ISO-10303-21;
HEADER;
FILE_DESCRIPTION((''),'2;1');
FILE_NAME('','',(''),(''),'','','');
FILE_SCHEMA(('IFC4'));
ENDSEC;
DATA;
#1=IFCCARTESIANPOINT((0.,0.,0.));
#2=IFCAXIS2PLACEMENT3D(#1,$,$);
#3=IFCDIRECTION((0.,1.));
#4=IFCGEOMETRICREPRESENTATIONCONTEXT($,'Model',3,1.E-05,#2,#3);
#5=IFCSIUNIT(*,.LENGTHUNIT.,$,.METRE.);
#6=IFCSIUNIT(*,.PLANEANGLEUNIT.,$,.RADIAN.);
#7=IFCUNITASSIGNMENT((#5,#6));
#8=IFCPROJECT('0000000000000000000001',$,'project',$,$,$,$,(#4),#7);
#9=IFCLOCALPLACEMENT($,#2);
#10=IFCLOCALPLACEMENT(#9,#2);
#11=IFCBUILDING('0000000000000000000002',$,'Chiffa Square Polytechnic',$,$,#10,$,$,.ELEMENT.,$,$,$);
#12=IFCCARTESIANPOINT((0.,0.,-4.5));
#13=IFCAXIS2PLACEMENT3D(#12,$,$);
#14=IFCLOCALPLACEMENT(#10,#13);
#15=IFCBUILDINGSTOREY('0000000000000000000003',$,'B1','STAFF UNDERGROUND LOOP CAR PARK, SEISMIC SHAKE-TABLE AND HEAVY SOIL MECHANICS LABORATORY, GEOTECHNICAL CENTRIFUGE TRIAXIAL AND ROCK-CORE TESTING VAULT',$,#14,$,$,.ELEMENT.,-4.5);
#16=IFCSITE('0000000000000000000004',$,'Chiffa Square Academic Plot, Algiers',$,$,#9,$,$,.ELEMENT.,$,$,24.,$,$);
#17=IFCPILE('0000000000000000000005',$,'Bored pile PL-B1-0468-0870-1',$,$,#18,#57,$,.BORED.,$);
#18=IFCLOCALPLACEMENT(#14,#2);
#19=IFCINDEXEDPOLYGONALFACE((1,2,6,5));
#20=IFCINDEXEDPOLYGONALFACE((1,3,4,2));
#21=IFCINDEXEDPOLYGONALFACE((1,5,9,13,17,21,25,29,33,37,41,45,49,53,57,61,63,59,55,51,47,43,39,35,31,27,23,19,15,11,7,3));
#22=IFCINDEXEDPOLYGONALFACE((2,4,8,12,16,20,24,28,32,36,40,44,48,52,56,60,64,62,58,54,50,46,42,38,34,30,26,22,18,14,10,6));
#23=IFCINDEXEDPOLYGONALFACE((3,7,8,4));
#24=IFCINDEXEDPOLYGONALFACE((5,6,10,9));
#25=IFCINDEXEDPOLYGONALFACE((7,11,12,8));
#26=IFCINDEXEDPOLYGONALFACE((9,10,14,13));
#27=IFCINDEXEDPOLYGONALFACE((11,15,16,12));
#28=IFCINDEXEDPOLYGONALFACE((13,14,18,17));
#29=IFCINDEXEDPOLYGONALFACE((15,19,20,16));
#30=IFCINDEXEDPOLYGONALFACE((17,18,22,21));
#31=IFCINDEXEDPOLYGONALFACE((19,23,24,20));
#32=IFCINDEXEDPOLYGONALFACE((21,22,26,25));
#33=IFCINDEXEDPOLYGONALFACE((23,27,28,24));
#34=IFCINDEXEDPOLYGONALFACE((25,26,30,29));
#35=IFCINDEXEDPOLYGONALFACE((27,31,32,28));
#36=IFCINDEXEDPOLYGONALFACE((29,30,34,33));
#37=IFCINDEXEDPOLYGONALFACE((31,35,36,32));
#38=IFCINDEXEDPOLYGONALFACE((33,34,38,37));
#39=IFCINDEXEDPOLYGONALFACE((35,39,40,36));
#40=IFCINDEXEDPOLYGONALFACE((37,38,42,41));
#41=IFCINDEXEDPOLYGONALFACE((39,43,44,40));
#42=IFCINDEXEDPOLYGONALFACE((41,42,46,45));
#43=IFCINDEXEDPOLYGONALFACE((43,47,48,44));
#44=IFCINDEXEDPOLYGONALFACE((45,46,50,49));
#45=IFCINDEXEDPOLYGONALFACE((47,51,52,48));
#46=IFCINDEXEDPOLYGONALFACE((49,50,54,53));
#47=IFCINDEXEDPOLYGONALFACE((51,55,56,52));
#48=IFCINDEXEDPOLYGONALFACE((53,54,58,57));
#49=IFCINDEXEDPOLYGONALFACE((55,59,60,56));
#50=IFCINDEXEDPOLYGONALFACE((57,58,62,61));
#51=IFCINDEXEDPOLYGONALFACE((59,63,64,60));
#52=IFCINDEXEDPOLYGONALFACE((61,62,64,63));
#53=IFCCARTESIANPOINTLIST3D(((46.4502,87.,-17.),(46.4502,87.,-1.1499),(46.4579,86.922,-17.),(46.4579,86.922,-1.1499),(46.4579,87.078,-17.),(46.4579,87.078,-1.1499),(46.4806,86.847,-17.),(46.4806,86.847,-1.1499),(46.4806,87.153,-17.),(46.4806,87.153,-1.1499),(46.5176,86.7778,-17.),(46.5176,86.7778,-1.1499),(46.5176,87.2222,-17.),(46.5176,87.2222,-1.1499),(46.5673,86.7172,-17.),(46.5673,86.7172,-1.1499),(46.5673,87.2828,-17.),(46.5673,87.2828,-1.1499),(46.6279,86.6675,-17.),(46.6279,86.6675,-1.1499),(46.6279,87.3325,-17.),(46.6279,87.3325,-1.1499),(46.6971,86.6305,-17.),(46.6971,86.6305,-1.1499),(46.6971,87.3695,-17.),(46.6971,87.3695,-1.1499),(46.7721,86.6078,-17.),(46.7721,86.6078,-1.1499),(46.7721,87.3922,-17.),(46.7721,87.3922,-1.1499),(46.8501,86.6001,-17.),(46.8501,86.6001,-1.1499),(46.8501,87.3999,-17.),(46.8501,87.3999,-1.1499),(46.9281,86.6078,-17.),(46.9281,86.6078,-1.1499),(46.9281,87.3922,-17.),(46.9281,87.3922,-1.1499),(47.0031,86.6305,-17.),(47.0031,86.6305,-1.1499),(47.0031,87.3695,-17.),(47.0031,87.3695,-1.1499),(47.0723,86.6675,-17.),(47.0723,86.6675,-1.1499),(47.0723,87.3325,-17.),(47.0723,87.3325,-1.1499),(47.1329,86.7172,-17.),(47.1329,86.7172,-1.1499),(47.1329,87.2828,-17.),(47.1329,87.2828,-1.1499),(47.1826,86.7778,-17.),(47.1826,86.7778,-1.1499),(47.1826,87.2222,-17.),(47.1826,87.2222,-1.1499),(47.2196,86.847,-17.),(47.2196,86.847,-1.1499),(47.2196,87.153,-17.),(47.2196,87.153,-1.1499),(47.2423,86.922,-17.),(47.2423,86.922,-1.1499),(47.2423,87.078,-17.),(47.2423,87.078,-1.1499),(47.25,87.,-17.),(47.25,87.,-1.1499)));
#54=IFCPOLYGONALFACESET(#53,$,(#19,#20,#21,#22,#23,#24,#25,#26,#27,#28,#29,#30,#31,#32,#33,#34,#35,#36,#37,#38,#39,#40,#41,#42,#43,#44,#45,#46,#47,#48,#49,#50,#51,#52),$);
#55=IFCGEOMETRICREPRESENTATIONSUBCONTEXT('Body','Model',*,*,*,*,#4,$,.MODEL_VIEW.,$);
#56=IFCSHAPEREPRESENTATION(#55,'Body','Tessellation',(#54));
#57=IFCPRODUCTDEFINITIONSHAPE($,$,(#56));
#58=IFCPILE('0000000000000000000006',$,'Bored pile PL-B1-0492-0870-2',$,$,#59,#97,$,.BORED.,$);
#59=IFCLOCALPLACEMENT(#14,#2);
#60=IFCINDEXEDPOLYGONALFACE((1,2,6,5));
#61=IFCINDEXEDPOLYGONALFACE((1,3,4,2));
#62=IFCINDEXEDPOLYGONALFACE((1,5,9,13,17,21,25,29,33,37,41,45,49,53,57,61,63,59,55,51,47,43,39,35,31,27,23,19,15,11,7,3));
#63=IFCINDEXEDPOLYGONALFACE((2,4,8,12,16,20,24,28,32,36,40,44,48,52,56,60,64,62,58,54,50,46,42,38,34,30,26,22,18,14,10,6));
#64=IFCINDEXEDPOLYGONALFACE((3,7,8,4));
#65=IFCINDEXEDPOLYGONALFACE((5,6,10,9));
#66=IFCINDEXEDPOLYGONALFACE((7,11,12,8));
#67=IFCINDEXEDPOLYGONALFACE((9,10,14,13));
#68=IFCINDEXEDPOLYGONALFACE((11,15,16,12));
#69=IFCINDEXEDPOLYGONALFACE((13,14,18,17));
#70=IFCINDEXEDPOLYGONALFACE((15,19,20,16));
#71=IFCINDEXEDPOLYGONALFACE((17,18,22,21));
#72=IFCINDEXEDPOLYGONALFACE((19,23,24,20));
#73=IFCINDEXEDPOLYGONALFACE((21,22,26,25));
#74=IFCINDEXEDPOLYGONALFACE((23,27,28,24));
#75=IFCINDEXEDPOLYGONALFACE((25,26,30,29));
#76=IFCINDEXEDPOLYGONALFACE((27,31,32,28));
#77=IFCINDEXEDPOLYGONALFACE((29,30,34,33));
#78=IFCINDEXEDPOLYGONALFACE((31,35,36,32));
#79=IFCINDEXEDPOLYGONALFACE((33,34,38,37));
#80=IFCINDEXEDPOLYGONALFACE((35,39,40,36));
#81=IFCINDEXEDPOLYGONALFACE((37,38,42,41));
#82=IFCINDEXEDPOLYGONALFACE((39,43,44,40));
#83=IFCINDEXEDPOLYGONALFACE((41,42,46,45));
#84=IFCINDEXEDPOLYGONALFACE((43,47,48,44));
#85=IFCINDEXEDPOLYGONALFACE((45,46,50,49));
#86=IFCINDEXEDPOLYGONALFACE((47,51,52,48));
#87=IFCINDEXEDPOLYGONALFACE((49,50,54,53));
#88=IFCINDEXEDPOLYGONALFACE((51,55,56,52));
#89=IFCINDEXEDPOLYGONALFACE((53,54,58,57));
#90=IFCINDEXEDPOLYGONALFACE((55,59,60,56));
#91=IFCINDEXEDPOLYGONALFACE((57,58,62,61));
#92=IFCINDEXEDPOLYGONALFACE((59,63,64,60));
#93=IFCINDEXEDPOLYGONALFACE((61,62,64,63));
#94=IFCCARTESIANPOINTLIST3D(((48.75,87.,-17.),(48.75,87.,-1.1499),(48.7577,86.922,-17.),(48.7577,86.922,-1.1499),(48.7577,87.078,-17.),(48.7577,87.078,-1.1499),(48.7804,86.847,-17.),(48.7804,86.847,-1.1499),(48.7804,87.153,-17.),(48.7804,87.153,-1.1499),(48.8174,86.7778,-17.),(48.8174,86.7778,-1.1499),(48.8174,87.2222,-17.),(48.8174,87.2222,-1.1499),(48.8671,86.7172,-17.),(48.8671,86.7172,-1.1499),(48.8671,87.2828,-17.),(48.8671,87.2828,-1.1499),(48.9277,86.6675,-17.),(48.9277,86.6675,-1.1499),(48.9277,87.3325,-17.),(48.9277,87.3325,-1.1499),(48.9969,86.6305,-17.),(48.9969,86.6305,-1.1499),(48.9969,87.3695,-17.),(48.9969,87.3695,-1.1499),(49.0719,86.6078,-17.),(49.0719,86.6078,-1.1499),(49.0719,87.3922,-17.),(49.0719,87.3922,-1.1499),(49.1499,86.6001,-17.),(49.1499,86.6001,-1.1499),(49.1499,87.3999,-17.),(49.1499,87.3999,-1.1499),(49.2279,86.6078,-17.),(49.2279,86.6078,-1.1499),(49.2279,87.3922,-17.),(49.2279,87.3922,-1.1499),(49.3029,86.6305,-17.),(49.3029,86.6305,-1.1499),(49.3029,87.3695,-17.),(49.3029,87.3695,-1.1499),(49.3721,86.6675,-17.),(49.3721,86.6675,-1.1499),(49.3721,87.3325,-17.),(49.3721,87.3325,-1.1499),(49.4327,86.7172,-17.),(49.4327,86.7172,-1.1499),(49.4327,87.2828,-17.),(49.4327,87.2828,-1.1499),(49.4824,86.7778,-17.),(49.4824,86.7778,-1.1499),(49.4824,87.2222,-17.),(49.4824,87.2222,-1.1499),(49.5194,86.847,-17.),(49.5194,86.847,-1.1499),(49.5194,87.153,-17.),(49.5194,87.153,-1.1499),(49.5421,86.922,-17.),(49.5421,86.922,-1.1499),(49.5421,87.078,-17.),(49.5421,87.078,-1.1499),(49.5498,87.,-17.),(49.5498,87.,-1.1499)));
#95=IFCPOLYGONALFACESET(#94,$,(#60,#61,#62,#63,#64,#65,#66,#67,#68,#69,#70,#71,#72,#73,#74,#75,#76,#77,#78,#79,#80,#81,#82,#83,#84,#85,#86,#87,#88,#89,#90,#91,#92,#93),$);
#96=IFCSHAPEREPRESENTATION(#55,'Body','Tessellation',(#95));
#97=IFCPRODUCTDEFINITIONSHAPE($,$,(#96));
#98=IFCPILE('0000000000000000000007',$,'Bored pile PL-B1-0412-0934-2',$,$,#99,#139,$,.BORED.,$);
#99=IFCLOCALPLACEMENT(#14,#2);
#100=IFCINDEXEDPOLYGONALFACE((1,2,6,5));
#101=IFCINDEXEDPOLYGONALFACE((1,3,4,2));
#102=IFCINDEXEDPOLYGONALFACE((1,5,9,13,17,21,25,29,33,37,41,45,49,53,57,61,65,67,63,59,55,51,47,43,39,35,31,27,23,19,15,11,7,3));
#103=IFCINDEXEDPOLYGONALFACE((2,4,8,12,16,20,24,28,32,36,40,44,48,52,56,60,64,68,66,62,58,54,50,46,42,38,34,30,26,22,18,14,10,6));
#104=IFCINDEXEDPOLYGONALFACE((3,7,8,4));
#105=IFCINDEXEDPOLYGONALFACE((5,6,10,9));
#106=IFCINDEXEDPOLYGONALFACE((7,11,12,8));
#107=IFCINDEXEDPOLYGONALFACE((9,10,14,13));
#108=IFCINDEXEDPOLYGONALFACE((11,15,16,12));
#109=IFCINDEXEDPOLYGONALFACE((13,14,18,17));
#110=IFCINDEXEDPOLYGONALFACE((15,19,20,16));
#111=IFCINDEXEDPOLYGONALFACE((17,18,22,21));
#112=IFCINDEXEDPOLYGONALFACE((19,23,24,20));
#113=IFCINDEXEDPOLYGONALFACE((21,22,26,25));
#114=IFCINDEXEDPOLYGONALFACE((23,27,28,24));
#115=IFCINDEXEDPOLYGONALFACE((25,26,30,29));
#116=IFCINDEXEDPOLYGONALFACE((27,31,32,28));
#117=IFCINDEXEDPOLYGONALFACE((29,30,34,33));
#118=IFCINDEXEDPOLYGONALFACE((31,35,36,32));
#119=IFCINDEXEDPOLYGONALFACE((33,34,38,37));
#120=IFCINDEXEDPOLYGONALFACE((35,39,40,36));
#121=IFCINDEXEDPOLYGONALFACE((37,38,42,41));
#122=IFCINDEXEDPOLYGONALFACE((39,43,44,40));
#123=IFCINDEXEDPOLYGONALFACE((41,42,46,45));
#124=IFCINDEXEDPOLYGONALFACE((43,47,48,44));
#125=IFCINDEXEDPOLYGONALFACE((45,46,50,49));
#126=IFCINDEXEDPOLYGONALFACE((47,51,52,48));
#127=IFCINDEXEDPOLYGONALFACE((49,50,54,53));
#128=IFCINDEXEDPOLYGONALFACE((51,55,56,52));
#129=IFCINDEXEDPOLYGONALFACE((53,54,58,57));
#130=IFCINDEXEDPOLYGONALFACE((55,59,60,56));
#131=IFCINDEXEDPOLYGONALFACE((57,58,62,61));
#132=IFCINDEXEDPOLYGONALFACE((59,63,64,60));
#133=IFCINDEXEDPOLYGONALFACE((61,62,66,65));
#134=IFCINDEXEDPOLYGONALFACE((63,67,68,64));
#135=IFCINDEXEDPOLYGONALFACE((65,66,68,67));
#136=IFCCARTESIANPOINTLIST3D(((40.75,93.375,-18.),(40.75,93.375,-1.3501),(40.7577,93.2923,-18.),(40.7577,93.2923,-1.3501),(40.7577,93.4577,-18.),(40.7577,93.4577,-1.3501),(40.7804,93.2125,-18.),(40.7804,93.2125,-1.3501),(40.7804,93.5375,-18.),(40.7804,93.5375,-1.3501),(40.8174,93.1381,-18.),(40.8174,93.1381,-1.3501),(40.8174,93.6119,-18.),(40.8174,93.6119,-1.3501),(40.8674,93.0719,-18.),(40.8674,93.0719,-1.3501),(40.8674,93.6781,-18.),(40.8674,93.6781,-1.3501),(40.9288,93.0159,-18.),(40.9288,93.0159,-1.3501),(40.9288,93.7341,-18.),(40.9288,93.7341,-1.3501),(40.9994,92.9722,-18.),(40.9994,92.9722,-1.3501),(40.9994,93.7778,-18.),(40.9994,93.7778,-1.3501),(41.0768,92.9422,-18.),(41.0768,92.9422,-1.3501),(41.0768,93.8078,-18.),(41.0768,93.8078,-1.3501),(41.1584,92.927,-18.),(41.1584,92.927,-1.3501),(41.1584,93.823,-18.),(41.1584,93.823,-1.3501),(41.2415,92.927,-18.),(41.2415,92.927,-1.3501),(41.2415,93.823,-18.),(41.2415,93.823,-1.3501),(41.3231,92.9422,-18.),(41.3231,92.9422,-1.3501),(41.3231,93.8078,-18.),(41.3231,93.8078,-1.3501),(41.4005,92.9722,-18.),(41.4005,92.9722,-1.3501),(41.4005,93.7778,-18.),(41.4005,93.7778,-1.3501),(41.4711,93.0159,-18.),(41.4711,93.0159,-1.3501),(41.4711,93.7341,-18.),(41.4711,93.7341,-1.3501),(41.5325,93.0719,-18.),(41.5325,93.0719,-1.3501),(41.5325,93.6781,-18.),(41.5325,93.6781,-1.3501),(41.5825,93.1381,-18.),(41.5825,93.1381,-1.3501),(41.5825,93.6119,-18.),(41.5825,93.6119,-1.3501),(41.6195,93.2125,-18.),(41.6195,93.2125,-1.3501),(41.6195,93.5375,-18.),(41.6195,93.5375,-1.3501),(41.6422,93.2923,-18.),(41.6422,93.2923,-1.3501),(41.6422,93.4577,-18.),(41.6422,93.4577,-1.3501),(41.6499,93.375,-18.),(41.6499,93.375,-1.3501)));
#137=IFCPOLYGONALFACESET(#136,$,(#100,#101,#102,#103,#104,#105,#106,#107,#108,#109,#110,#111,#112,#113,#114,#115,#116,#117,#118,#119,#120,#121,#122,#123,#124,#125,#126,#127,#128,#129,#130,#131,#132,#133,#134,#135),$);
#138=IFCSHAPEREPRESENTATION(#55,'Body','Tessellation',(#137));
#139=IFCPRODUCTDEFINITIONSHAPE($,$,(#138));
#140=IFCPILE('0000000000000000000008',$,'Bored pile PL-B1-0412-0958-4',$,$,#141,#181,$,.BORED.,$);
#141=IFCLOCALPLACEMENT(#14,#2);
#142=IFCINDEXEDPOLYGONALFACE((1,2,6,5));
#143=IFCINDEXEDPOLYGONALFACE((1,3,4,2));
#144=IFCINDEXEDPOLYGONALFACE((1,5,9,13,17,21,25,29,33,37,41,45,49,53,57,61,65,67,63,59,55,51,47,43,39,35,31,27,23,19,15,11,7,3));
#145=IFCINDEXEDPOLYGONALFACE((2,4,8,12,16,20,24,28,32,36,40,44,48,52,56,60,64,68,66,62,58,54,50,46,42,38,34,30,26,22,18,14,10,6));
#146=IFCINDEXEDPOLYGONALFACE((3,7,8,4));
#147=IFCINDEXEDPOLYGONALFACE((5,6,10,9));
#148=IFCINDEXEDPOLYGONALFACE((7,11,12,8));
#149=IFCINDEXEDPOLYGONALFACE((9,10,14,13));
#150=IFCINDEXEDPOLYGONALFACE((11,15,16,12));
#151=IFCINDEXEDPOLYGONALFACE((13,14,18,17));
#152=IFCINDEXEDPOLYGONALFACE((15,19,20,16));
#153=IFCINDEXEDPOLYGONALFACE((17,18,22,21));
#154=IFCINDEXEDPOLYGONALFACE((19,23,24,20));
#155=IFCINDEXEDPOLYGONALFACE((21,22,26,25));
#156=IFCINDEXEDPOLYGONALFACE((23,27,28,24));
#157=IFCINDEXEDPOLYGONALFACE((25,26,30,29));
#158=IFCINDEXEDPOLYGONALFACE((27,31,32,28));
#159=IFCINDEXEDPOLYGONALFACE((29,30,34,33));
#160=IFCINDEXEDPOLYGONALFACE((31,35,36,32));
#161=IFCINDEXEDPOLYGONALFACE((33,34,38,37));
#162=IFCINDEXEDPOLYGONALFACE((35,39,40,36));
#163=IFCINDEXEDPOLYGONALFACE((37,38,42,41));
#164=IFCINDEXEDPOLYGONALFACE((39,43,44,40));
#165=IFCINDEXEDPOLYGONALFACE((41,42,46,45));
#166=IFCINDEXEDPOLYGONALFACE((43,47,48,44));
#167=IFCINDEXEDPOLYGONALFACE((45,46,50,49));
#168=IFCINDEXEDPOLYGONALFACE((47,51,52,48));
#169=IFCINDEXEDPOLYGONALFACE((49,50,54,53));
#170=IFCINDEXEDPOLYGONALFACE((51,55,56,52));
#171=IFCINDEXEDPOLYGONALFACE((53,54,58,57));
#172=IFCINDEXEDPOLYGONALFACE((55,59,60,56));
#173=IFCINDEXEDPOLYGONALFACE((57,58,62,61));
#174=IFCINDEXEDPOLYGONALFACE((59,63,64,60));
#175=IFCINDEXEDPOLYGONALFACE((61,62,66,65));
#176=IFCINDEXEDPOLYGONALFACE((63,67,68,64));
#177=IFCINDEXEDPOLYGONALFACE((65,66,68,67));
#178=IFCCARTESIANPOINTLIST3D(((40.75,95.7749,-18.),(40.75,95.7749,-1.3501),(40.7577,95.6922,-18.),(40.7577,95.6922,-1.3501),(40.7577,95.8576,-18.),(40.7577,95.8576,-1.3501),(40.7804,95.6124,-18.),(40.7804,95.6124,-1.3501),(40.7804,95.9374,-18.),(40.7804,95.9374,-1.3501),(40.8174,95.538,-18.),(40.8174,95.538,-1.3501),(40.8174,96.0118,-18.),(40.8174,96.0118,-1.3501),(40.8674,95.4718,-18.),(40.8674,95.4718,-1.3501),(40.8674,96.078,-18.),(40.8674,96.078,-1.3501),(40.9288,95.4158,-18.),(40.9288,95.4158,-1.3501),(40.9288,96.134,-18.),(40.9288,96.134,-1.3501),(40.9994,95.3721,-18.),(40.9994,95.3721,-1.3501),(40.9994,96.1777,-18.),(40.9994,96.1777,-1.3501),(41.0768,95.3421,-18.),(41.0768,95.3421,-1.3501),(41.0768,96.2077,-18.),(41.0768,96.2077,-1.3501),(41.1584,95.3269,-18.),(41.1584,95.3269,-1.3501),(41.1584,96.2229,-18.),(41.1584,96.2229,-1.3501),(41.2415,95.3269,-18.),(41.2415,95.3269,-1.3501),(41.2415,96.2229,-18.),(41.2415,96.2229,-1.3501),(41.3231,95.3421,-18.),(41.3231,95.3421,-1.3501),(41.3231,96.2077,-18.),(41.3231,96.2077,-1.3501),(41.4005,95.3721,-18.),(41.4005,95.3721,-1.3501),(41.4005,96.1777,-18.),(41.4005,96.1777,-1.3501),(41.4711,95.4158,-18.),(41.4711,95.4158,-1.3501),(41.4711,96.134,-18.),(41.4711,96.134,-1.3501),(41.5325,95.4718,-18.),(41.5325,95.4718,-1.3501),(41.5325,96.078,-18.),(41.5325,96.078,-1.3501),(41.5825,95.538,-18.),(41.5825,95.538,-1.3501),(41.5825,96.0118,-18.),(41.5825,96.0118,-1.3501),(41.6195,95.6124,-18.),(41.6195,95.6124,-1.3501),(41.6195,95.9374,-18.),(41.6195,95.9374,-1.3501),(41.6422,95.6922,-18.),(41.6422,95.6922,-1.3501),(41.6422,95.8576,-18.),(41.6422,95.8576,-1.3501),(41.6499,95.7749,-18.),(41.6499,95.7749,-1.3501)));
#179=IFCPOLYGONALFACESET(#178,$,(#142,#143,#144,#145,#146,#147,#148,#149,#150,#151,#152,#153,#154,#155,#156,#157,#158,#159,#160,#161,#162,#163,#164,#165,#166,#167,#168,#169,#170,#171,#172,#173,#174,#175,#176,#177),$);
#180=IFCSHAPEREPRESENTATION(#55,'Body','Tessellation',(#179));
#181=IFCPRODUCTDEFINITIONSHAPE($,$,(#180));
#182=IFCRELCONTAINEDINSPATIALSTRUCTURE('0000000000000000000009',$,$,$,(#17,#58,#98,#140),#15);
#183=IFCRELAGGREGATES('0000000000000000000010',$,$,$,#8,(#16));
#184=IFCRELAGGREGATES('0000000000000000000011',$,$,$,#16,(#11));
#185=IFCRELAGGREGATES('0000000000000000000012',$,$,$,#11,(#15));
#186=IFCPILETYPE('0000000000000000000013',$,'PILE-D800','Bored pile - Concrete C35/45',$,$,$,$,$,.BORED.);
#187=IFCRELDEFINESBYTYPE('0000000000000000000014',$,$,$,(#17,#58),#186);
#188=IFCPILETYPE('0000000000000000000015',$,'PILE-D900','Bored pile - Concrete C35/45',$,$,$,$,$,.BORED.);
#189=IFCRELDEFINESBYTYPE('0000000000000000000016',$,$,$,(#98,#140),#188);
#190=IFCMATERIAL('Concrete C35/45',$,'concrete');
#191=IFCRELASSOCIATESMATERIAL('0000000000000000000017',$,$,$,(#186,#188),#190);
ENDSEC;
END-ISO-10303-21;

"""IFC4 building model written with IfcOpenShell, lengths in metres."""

from ifc_helpers import new_model, si_unit, direction, frame, origin, origin_2d, place, context, subcontext, project, spatial, circle, extrude, material, material_profile, profile_set, type_object, element, save


model = new_model("IFC4")

# Units and contexts
model_context = context("Model", 3, precision=1e-05, world=origin(), true_north=direction((0.0, 1.0)))
body_context = subcontext(model_context, "Body", "Model", "MODEL_VIEW")
ifc_project = project(units=[si_unit("LENGTHUNIT", "METRE"), si_unit("PLANEANGLEUNIT", "RADIAN")], contexts=[model_context])

# Site, building, storey
site_placement = place(None, origin())
site = spatial("IfcSite", under=ifc_project, at=site_placement, Name="Chiffa Square Academic Plot, Algiers", CompositionType="ELEMENT", RefElevation=24.0)
building_placement = place(site_placement, origin())
building = spatial("IfcBuilding", under=site, at=building_placement, Name="Chiffa Square Polytechnic", CompositionType="ELEMENT")
storey_placement = place(building_placement, frame((0.0, 0.0, -4.5)))
storey = spatial("IfcBuildingStorey", under=building, at=storey_placement, Name="B1", Description="STAFF UNDERGROUND LOOP CAR PARK, SEISMIC SHAKE-TABLE AND HEAVY SOIL MECHANICS LABORATORY, GEOTECHNICAL CENTRIFUGE TRIAXIAL AND ROCK-CORE TESTING VAULT", CompositionType="ELEMENT", Elevation=-4.5)

# Shared definitions
ifc_material_1 = material(Name="Concrete C35/45", Category="concrete")

# Piles
ifc_material_profile_1 = material_profile(ifc_material_1, circle(Radius=0.3999, at=origin_2d()), Name="PILE D800")
ifc_profile_set_1 = profile_set([ifc_material_profile_1], Name="Concrete C35/45")
pile_type_1 = type_object("IfcPileType", Name="PILE-D800", Description="Bored pile - Concrete C35/45", PredefinedType="BORED", material=ifc_profile_set_1)
for number, where, z_axis, x_axis, name in (
    (1, (46.8501, 87.0, -1.1499), (0.0, 0.0, -1.0), (1.0, 0.0, 0.0), "Bored pile PL-B1-0468-0870-1"),
    (2, (49.1499, 87.0, -1.1499), (0.0, 0.0, -1.0), (1.0, 0.0, 0.0), "Bored pile PL-B1-0492-0870-2"),
):
    element("IfcPile", number, at=place(storey_placement, frame(where, z_axis=z_axis, x_axis=x_axis)), inside=storey, type_object=pile_type_1, Name=name, PredefinedType="BORED", context=body_context, shape_type="SweptSolid", body=[
        extrude(circle(Radius=0.3999, at=origin_2d()), origin(), (0.0, 0.0, 1.0), 15.8501),
    ])
ifc_material_profile_2 = material_profile(ifc_material_1, circle(Radius=0.45, at=origin_2d()), Name="PILE D900")
ifc_profile_set_2 = profile_set([ifc_material_profile_2], Name="Concrete C35/45")
pile_type_2 = type_object("IfcPileType", Name="PILE-D900", Description="Bored pile - Concrete C35/45", PredefinedType="BORED", material=ifc_profile_set_2)
for number, where, z_axis, x_axis, name in (
    (3, (41.2, 93.375, -1.3501), (0.0, 0.0, -1.0), (1.0, 0.0, 0.0), "Bored pile PL-B1-0412-0934-2"),
    (4, (41.2, 95.7749, -1.3501), (0.0, 0.0, -1.0), (1.0, 0.0, 0.0), "Bored pile PL-B1-0412-0958-4"),
):
    element("IfcPile", number, at=place(storey_placement, frame(where, z_axis=z_axis, x_axis=x_axis)), inside=storey, type_object=pile_type_2, Name=name, PredefinedType="BORED", context=body_context, shape_type="SweptSolid", body=[
        extrude(circle(Radius=0.45, at=origin_2d()), origin(), (0.0, 0.0, 1.0), 16.6499),
    ])

save(model, "model.ifc")
